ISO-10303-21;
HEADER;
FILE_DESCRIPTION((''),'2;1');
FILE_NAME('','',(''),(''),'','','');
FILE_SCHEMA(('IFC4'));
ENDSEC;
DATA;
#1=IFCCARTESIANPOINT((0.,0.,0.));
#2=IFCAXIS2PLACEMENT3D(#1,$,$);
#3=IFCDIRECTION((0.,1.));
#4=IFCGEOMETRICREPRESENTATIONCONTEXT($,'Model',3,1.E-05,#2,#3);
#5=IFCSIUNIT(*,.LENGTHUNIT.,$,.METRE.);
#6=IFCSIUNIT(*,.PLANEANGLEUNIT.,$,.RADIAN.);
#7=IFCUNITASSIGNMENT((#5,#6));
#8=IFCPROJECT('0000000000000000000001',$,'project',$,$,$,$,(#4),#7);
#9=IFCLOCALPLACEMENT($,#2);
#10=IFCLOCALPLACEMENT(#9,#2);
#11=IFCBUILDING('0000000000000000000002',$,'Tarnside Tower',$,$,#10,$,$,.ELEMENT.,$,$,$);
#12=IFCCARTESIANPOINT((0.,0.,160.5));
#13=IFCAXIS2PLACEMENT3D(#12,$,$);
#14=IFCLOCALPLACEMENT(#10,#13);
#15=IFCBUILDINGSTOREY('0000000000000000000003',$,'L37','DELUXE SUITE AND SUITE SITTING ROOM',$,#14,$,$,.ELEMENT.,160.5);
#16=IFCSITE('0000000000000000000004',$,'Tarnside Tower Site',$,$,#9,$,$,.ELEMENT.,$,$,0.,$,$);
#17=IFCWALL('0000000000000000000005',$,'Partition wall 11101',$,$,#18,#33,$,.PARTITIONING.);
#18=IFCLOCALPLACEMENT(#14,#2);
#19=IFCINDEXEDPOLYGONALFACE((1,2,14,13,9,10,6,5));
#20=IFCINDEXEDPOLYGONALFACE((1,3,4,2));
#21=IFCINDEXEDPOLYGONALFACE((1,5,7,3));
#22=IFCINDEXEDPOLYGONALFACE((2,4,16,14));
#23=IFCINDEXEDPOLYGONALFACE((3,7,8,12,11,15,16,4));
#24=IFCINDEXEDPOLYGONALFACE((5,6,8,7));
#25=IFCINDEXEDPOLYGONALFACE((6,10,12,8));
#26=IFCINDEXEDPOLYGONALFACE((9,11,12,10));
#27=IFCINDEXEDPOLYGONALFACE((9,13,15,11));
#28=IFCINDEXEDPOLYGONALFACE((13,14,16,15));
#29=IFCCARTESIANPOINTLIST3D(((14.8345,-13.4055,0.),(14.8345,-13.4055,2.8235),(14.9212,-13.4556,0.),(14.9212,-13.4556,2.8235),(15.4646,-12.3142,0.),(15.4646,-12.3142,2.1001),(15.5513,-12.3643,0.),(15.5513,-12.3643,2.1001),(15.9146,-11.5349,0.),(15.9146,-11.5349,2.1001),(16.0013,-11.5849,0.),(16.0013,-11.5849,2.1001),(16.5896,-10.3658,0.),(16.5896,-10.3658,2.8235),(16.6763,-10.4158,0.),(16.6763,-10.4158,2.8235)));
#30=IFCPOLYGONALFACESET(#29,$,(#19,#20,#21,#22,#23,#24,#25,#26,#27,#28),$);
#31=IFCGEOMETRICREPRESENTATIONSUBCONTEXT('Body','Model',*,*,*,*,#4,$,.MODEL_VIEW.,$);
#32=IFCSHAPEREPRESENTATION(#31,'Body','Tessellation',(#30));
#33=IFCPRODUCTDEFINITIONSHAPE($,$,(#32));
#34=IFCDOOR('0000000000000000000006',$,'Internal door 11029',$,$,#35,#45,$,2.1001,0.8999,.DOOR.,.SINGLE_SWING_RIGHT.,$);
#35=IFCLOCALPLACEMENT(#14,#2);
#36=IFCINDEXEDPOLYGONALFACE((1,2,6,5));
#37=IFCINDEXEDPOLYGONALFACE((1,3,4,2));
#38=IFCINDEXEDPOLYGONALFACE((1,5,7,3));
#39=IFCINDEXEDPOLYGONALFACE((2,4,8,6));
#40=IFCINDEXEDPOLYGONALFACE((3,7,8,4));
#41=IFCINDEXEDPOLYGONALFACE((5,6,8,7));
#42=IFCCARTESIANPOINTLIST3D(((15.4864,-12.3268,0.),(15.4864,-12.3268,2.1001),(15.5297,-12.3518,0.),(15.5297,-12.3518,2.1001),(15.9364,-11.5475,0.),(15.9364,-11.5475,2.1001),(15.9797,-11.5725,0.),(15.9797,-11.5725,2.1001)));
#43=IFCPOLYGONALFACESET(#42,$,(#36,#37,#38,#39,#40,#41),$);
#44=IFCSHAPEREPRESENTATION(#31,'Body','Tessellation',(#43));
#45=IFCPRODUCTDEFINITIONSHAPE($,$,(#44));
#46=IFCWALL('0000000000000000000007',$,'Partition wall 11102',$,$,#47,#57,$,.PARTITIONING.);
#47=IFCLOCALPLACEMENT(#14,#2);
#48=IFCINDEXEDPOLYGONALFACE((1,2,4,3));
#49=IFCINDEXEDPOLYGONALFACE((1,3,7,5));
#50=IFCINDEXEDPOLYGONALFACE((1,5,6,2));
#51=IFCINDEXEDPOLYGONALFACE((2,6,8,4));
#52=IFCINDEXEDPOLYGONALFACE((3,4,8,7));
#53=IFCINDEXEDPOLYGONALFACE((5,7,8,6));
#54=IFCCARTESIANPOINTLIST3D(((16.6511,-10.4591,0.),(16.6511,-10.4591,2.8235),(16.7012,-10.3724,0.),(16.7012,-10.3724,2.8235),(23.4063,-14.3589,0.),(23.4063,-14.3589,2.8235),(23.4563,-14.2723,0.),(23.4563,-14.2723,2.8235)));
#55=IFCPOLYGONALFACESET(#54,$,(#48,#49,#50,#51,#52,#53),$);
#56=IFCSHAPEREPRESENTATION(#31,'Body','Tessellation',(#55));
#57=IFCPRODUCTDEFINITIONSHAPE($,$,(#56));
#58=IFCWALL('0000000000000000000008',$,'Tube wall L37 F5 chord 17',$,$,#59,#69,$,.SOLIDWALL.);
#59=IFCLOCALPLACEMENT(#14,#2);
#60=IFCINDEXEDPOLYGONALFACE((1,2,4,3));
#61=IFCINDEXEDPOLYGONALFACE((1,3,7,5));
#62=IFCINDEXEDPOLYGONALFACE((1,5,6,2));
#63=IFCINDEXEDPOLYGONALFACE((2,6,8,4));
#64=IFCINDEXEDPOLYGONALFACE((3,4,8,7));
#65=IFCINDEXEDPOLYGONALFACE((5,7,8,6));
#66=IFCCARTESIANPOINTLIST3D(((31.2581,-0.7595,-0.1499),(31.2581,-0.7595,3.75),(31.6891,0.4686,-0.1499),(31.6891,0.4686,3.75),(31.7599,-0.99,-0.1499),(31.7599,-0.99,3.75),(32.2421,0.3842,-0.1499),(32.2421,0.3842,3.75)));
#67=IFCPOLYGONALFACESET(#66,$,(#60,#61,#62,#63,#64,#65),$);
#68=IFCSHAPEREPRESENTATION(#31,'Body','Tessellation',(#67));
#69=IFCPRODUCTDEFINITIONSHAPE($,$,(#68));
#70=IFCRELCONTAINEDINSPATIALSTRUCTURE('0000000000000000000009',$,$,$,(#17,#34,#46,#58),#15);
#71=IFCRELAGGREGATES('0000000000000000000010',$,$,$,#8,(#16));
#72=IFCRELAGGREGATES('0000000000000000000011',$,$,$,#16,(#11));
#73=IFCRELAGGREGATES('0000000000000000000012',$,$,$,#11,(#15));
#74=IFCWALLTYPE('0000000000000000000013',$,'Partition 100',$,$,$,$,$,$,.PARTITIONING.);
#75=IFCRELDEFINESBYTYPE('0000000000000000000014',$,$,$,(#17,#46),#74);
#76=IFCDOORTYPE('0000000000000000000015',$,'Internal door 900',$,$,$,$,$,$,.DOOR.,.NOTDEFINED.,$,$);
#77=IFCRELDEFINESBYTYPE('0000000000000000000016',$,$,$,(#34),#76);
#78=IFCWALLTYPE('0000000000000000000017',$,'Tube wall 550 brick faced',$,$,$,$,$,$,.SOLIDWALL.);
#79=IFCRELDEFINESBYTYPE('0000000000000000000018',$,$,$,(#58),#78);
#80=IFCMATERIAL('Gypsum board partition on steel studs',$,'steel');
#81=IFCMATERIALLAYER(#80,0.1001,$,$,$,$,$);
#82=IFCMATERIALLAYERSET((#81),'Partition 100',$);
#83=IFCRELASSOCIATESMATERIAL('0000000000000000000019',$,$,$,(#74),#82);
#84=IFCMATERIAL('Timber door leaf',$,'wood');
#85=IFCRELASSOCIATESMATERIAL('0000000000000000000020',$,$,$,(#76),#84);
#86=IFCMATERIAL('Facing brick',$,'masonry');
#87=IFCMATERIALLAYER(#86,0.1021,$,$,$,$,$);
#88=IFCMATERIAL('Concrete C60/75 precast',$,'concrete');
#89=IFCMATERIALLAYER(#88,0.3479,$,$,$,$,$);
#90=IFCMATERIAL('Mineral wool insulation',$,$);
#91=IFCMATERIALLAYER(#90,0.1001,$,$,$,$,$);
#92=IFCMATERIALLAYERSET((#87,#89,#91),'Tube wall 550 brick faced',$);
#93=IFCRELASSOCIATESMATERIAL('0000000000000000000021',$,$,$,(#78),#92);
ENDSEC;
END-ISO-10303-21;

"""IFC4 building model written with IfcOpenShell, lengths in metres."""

from ifc_helpers import new_model, si_unit, direction, frame, frame_2d, origin, place, context, subcontext, project, spatial, polyline, rectangle, outline, extrude, material, layer, layer_set, type_object, element, fill, save


model = new_model("IFC4")

# Units and contexts
model_context = context("Model", 3, precision=1e-05, world=origin(), true_north=direction((0.0, 1.0)))
body_context = subcontext(model_context, "Body", "Model", "MODEL_VIEW")
ifc_project = project(units=[si_unit("LENGTHUNIT", "METRE"), si_unit("PLANEANGLEUNIT", "RADIAN")], contexts=[model_context])

# Site, building, storey
site_placement = place(None, origin())
site = spatial("IfcSite", under=ifc_project, at=site_placement, Name="Tarnside Tower Site", CompositionType="ELEMENT", RefElevation=0.0)
building_placement = place(site_placement, origin())
building = spatial("IfcBuilding", under=site, at=building_placement, Name="Tarnside Tower", CompositionType="ELEMENT")
storey_placement = place(building_placement, frame((0.0, 0.0, 160.5)))
storey = spatial("IfcBuildingStorey", under=building, at=storey_placement, Name="L37", Description="DELUXE SUITE AND SUITE SITTING ROOM", CompositionType="ELEMENT", Elevation=160.5)

# Shared definitions
ifc_material_1 = material(Name="Gypsum board partition on steel studs", Category="steel")

# Shared definitions
ifc_material_2 = material(Name="Timber door leaf", Category="wood")

# Wall, opening, door
ifc_layer_1 = layer(ifc_material_1, 0.1001)
ifc_layer_set_1 = layer_set([ifc_layer_1], Name="Partition 100")
wall_type_1 = type_object("IfcWallType", Name="Partition 100", PredefinedType="PARTITIONING", material=ifc_layer_set_1)
wall_1_placement = place(storey_placement, frame((14.8779, -13.4304, 0.0), z_axis=(0.0, 0.0, 1.0), x_axis=(0.500021, 0.866013, 0.0)))
wall_1 = element("IfcWall", 1, at=wall_1_placement, inside=storey, type_object=wall_type_1, Name="Partition wall 11101", PredefinedType="PARTITIONING", context=body_context, shape_type="SweptSolid", body=[
    extrude(rectangle(XDim=3.51, YDim=0.1001, at=frame_2d((1.7549, 0.0))), origin(), (0.0, 0.0, 1.0), 2.8235),
])
opening_1_placement = place(wall_1_placement, frame((1.26, 0.0, 0.0)))
opening_1 = element("IfcOpeningElement", 2, at=opening_1_placement, cuts=wall_1, PredefinedType="OPENING", context=body_context, shape_type="SweptSolid", body=[
    extrude(rectangle(XDim=0.8999, YDim=2.1001, at=frame_2d((0.45, 1.05))), frame((0.0, 0.0601, 0.0), z_axis=(0.0, -1.0, 0.0), x_axis=(1.0, 0.0, 0.0)), (0.0, 0.0, 1.0), 0.1201),
])
door_type_1 = type_object("IfcDoorType", Name="Internal door 900", OperationType="NOTDEFINED", PredefinedType="DOOR", material=ifc_material_2)
door_1_placement = place(opening_1_placement, origin())
door_1 = element("IfcDoor", 3, at=door_1_placement, inside=storey, type_object=door_type_1, Name="Internal door 11029", OperationType="SINGLE_SWING_RIGHT", OverallHeight=2.1001, OverallWidth=0.8999, PredefinedType="DOOR", context=body_context, shape_type="SweptSolid", body=[
    extrude(rectangle(XDim=0.8999, YDim=2.1001, at=frame_2d((0.45, 1.05))), frame((0.0, 0.0249, 0.0), z_axis=(0.0, -1.0, 0.0), x_axis=(1.0, 0.0, 0.0)), (0.0, 0.0, 1.0), 0.05),
])
fill(opening_1, door_1)

# Walls
wall_2_placement = place(storey_placement, frame((16.6763, -10.4158, 0.0), z_axis=(0.0, 0.0, 1.0), x_axis=(0.866035, -0.499983, 0.0)))
element("IfcWall", 4, at=wall_2_placement, inside=storey, type_object=wall_type_1, Name="Partition wall 11102", PredefinedType="PARTITIONING", context=body_context, shape_type="SweptSolid", body=[
    extrude(rectangle(XDim=7.8, YDim=0.1001, at=frame_2d((3.8999, 0.0))), origin(), (0.0, 0.0, 1.0), 2.8235),
])
ifc_material_3 = material(Name="Facing brick", Category="masonry")
ifc_layer_2 = layer(ifc_material_3, 0.1021)
ifc_material_4 = material(Name="Concrete C60/75 precast", Category="concrete")
ifc_layer_3 = layer(ifc_material_4, 0.3479)
ifc_material_5 = material(Name="Mineral wool insulation")
ifc_layer_4 = layer(ifc_material_5, 0.1001)
ifc_layer_set_2 = layer_set([ifc_layer_2, ifc_layer_3, ifc_layer_4], Name="Tube wall 550 brick faced")
wall_type_2 = type_object("IfcWallType", Name="Tube wall 550 brick faced", PredefinedType="SOLIDWALL", material=ifc_layer_set_2)
wall_3_placement = place(storey_placement, frame((31.509, -0.8748, -0.1499), z_axis=(0.0, 0.0, 1.0), x_axis=(0.331115, 0.94359, 0.0)))
element("IfcWall", 5, at=wall_3_placement, inside=storey, type_object=wall_type_2, Name="Tube wall L37 F5 chord 17", PredefinedType="SOLIDWALL", context=body_context, shape_type="SweptSolid", body=[
    extrude(outline(polyline([(-0.0256, -0.2749), (1.4307, -0.2749), (1.3271, 0.2749), (0.0256, 0.2749), (-0.0256, -0.2749)])), origin(), (0.0, 0.0, 1.0), 3.8999),
])

save(model, "model.ifc")
